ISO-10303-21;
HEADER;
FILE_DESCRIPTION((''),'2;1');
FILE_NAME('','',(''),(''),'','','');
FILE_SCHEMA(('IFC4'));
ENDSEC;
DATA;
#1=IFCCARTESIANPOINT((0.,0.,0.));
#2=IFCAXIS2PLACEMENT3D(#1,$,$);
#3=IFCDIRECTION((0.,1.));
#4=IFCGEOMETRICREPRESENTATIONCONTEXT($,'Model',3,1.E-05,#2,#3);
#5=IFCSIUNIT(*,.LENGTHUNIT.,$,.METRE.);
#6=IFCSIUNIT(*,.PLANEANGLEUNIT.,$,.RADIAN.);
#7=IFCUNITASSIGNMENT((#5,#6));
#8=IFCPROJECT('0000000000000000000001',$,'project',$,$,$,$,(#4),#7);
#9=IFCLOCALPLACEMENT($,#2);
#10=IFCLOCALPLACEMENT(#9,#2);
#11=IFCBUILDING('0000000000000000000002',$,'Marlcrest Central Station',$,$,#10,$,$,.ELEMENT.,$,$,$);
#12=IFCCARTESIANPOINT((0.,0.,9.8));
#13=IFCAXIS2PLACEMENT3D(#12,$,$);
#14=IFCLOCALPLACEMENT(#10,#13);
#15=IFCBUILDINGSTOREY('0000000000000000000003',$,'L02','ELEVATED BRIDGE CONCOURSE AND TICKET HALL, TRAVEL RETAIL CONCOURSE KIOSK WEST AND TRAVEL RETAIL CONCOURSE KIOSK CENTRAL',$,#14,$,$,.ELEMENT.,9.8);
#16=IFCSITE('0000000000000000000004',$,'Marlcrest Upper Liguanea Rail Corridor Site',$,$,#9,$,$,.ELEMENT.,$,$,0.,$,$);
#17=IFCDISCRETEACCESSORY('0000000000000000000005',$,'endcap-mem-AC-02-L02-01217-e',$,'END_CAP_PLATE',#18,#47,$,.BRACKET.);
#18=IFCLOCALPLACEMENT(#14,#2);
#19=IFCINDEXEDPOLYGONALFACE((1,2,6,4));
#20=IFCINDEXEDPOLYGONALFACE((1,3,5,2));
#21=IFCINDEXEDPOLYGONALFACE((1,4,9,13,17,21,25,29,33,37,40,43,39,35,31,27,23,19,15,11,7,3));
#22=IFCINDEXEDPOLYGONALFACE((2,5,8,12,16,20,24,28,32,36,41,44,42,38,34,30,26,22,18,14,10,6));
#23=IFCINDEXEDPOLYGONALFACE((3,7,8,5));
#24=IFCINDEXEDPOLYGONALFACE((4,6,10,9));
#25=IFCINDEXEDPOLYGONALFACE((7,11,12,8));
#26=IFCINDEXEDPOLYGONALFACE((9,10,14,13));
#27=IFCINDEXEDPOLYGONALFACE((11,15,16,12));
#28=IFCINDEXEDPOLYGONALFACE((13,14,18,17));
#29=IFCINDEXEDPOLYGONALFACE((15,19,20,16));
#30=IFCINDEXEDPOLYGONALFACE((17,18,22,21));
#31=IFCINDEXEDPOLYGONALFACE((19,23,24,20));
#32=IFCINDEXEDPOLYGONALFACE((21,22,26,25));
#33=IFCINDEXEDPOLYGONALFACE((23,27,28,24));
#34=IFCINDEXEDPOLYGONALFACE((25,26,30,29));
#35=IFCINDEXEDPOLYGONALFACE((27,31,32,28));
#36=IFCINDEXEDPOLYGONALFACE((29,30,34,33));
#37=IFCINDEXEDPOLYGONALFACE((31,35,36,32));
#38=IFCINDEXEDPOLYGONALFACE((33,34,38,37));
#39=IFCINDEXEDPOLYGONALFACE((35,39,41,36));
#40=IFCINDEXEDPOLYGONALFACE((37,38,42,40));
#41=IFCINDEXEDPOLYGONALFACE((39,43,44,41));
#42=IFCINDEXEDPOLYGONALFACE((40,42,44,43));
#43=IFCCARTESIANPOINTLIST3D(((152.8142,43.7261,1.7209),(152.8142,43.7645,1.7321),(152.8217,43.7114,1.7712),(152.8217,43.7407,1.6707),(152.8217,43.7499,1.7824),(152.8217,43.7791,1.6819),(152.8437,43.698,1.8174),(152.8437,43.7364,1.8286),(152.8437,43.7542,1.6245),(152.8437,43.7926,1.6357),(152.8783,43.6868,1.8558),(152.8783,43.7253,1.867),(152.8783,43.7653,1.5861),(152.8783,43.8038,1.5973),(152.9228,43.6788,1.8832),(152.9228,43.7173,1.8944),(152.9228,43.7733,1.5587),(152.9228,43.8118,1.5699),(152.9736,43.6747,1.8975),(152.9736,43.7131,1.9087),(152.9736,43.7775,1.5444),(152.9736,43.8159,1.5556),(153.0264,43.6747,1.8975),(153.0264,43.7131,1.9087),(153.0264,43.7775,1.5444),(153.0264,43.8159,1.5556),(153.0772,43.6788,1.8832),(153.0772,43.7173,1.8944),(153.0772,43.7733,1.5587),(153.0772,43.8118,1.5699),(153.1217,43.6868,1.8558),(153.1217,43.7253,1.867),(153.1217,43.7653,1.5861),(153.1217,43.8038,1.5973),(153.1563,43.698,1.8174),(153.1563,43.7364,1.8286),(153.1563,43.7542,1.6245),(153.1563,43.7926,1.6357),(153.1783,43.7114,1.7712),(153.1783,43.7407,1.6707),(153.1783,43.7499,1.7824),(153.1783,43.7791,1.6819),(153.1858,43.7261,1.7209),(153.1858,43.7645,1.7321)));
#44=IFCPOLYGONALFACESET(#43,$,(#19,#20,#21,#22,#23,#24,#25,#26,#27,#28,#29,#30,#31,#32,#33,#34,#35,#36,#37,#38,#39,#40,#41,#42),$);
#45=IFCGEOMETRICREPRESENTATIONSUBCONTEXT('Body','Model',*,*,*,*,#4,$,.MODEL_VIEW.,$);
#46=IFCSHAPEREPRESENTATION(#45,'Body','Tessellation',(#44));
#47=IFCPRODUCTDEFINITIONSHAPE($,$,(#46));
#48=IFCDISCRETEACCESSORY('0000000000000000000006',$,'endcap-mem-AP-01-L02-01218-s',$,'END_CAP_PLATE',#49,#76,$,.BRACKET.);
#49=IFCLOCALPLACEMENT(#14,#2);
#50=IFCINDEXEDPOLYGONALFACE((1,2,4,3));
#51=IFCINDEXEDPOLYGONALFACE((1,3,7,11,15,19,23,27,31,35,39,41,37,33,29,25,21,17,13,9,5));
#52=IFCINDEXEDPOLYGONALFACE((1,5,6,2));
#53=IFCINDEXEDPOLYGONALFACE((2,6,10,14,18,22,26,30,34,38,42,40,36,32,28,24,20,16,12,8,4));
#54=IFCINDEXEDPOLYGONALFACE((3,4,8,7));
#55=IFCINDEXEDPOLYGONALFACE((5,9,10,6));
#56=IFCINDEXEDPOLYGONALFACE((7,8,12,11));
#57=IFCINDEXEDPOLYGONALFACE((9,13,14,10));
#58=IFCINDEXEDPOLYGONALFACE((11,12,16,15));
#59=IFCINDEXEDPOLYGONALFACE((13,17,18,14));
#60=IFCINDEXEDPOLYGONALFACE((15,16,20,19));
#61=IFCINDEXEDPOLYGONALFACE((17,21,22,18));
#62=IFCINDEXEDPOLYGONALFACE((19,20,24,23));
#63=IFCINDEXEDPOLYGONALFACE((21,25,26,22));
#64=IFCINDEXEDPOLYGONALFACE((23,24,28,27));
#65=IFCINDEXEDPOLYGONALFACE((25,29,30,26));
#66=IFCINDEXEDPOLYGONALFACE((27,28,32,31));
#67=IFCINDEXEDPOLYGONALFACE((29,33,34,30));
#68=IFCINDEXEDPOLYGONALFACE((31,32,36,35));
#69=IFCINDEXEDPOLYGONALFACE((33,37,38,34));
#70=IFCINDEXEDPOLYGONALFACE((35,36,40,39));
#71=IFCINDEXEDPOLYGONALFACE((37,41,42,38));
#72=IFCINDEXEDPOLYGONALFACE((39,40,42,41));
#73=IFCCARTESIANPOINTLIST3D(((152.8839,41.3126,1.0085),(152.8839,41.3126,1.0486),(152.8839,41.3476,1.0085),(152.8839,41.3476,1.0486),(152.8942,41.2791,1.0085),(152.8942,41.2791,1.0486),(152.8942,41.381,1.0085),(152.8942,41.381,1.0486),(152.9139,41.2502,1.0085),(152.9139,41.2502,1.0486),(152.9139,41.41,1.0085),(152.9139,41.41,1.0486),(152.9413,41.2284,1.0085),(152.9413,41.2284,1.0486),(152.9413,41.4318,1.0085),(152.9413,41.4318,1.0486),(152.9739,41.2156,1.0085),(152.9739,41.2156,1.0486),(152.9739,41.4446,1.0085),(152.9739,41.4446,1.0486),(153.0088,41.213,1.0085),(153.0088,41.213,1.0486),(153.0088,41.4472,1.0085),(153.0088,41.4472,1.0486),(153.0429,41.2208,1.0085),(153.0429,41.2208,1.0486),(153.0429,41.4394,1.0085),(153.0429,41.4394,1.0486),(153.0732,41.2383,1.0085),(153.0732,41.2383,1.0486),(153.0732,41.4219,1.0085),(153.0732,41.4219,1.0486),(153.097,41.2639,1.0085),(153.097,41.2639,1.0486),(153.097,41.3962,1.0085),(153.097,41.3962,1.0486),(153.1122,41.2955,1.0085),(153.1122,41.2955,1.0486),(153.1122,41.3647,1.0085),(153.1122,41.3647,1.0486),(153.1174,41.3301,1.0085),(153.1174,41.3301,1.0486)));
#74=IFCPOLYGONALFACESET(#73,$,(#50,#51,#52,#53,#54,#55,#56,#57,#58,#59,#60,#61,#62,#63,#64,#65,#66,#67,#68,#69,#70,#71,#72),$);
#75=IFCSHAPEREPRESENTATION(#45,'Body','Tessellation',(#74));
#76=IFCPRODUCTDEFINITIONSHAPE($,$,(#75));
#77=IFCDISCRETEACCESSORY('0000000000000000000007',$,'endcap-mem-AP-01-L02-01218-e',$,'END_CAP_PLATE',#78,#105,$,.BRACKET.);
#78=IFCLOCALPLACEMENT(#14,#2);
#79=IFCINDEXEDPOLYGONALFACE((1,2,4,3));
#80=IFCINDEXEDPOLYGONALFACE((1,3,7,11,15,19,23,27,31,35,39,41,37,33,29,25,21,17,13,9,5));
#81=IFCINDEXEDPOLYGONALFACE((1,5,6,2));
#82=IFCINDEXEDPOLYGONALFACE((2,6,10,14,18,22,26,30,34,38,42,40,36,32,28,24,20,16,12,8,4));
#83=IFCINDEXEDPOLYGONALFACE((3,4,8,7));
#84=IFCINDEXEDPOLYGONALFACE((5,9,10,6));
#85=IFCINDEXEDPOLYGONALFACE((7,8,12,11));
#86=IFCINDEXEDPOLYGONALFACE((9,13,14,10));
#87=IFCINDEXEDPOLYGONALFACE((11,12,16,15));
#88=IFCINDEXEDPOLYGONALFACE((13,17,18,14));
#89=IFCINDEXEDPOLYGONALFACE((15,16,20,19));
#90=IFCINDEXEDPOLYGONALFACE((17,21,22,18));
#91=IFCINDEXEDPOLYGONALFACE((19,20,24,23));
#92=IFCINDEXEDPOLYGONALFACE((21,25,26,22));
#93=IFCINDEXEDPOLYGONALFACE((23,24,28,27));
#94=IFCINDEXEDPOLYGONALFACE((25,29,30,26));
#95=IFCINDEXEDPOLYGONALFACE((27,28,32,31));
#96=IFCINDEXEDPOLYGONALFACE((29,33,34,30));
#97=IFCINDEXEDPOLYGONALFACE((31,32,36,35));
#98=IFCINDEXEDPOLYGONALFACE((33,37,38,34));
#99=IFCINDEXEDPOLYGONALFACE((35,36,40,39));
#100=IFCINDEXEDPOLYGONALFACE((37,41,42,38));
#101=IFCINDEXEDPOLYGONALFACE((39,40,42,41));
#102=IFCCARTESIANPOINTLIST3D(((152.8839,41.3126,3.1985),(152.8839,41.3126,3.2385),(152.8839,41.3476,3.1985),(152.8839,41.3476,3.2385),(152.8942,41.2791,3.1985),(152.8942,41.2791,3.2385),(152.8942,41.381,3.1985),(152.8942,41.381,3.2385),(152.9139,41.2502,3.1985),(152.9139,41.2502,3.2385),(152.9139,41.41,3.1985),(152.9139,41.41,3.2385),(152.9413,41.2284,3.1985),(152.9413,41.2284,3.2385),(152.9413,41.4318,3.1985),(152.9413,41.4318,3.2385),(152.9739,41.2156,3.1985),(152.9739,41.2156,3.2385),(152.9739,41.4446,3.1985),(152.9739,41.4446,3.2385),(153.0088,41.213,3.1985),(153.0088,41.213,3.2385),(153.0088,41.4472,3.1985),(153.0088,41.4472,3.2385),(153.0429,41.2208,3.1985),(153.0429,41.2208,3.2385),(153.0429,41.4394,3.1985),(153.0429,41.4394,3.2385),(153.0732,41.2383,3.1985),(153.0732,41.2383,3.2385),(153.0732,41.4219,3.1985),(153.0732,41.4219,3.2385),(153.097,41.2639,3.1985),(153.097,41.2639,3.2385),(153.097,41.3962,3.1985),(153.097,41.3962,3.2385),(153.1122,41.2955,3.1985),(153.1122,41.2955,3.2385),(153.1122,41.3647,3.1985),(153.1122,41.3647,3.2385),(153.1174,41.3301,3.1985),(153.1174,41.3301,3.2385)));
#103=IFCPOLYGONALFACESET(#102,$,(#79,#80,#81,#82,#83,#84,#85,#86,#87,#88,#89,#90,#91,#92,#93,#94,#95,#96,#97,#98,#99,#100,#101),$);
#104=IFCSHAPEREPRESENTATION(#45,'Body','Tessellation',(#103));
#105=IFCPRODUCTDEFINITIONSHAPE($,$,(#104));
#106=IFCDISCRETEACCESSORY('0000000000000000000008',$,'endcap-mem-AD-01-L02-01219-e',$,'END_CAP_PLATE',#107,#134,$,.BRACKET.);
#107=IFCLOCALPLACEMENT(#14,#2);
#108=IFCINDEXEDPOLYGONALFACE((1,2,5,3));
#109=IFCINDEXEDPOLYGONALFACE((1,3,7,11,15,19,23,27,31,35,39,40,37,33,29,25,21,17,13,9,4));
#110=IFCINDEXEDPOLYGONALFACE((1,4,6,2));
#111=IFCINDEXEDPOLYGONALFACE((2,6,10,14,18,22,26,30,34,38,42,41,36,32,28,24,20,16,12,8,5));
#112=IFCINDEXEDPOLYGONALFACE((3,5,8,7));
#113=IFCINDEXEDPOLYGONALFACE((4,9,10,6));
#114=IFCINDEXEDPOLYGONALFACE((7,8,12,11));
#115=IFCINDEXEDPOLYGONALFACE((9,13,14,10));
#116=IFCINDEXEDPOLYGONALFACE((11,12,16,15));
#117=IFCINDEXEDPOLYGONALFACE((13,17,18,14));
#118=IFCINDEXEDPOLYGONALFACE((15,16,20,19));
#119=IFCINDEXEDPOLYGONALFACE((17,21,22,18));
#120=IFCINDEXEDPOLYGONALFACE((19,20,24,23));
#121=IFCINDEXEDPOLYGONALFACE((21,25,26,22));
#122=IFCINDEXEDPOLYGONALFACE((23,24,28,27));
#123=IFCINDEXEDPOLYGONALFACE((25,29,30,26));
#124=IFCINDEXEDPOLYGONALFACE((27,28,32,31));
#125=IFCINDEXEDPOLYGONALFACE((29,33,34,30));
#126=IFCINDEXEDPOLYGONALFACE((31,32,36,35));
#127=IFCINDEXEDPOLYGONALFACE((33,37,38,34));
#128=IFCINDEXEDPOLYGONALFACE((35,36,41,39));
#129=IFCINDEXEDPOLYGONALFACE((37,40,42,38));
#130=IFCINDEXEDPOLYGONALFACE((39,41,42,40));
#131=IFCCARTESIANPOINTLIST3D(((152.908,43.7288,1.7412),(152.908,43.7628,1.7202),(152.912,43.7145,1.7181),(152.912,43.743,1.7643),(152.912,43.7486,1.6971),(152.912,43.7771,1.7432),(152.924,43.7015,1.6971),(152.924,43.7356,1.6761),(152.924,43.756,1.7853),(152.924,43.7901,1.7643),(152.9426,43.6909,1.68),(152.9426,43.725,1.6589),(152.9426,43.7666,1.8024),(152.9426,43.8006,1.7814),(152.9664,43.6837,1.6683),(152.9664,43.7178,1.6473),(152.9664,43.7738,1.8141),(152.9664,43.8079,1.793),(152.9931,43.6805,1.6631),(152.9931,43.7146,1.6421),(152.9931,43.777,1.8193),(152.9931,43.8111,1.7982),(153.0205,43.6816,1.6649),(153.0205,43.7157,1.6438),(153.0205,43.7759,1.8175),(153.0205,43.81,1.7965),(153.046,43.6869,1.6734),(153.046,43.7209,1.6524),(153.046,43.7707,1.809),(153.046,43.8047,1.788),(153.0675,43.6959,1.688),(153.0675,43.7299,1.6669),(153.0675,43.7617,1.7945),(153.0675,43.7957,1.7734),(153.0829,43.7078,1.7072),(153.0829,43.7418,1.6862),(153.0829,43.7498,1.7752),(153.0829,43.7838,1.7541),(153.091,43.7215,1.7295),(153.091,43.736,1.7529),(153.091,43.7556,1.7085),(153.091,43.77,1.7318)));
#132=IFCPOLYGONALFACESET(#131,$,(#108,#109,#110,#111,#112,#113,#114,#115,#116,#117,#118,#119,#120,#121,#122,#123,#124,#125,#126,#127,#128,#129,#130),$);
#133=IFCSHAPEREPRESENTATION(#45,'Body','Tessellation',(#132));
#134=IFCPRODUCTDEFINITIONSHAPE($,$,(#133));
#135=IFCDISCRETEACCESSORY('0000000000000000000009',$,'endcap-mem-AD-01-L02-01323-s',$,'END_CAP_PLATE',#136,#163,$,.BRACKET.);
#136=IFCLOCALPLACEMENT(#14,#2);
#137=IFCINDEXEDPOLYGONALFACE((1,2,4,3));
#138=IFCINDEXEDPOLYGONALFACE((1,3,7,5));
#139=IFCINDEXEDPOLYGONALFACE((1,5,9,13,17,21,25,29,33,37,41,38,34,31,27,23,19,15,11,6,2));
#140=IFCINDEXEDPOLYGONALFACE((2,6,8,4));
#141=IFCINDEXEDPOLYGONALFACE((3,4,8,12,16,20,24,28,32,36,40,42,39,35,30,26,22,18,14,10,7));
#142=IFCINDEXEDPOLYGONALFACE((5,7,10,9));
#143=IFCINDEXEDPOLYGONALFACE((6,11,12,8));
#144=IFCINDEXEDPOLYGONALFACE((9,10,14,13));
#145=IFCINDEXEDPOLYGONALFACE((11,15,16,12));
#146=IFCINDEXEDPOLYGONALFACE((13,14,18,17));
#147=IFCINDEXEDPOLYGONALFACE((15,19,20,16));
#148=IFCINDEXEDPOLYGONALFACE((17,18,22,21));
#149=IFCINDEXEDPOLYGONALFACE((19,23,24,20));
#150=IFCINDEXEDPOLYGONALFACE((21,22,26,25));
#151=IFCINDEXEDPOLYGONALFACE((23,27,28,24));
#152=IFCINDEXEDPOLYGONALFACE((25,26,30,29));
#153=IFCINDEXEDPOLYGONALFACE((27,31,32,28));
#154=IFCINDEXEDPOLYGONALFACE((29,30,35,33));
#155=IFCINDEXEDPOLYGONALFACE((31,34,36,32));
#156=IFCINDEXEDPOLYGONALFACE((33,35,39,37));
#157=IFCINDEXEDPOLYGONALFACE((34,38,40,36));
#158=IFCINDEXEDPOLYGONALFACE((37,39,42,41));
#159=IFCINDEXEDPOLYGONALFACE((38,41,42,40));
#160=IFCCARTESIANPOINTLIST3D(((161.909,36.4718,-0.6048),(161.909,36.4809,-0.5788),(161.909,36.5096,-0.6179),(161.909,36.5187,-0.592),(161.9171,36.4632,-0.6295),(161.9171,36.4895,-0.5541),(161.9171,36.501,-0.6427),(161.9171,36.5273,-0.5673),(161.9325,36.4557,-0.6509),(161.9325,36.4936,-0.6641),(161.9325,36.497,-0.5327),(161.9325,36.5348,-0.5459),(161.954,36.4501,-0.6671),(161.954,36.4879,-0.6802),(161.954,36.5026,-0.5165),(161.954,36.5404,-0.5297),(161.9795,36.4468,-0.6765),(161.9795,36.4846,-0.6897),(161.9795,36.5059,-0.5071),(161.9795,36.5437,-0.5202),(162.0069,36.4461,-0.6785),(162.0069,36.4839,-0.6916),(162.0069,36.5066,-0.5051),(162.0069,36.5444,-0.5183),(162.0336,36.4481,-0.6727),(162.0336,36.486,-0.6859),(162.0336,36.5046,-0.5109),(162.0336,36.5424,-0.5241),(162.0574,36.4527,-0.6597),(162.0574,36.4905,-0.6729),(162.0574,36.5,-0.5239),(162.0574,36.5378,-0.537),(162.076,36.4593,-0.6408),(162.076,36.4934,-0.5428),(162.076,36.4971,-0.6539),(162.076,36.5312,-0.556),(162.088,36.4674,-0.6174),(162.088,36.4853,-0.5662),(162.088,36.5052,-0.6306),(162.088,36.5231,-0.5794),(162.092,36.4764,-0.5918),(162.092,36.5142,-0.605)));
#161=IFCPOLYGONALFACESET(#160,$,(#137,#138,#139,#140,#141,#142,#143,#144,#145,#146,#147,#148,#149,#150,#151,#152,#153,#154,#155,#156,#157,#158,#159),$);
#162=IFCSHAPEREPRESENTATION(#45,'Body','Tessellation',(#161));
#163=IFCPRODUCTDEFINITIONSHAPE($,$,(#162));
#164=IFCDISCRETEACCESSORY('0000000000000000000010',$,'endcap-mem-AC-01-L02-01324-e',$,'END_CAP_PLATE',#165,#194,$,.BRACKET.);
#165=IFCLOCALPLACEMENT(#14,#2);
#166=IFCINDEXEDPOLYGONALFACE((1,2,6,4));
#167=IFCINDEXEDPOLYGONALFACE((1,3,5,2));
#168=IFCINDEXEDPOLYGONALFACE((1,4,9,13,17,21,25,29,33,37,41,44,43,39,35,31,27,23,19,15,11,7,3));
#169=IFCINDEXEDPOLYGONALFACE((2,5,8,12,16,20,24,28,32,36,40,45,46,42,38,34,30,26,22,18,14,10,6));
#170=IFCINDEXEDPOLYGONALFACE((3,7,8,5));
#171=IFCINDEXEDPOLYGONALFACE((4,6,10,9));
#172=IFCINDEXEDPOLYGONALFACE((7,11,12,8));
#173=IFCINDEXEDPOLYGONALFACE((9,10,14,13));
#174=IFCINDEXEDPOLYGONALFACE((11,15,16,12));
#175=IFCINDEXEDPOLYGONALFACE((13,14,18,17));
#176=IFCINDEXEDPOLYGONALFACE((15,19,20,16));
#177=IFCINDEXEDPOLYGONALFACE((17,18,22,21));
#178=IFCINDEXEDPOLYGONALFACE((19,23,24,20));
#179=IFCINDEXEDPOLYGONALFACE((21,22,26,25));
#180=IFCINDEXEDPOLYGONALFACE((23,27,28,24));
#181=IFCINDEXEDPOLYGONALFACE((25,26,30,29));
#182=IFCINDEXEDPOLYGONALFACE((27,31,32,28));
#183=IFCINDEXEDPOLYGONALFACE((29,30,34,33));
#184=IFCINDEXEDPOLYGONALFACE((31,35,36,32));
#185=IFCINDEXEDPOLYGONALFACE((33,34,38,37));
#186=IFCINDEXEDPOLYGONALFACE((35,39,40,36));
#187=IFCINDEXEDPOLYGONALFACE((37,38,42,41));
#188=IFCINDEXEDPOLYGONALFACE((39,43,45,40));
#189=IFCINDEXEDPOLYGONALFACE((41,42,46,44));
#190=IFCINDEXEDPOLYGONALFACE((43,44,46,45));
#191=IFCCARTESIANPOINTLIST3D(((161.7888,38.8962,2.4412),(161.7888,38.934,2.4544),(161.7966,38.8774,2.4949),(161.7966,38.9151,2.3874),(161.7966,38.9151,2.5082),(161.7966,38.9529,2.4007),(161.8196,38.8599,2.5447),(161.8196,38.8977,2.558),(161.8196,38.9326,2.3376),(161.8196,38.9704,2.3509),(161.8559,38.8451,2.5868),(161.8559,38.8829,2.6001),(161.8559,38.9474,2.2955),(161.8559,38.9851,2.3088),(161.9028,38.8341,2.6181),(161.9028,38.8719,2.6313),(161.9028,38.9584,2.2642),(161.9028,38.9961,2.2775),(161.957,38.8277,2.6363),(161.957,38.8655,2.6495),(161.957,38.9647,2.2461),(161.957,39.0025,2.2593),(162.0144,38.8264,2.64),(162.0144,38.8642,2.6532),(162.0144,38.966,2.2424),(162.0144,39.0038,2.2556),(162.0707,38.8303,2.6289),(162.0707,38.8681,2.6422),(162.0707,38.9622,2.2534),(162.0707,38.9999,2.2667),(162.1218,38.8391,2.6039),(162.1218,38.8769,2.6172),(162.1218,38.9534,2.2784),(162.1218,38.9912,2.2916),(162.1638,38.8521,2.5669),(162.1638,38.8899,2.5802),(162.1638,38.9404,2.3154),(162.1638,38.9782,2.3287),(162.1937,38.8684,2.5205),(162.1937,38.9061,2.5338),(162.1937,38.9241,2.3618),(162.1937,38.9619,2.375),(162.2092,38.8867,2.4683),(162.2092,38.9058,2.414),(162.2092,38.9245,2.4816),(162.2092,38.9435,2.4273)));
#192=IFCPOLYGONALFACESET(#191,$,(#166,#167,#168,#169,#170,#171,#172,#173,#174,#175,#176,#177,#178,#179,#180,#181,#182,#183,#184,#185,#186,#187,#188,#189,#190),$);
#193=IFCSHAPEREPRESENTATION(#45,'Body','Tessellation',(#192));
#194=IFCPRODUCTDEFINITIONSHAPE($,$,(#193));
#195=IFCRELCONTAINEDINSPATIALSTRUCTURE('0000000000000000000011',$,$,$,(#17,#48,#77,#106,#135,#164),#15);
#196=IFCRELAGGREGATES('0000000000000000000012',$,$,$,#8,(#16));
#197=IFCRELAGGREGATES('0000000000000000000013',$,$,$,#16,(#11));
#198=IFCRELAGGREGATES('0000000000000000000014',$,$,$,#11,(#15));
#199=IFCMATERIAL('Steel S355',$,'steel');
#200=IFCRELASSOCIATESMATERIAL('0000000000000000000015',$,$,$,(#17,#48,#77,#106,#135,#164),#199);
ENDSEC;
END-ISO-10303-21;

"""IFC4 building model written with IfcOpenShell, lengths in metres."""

from ifc_helpers import new_model, si_unit, direction, frame, origin, origin_2d, place, context, subcontext, project, spatial, circle, extrude, material, element, save


model = new_model("IFC4")

# Units and contexts
model_context = context("Model", 3, precision=1e-05, world=origin(), true_north=direction((0.0, 1.0)))
body_context = subcontext(model_context, "Body", "Model", "MODEL_VIEW")
ifc_project = project(units=[si_unit("LENGTHUNIT", "METRE"), si_unit("PLANEANGLEUNIT", "RADIAN")], contexts=[model_context])

# Site, building, storey
site_placement = place(None, origin())
site = spatial("IfcSite", under=ifc_project, at=site_placement, Name="Marlcrest Upper Liguanea Rail Corridor Site", CompositionType="ELEMENT", RefElevation=0.0)
building_placement = place(site_placement, origin())
building = spatial("IfcBuilding", under=site, at=building_placement, Name="Marlcrest Central Station", CompositionType="ELEMENT")
storey_placement = place(building_placement, frame((0.0, 0.0, 9.8)))
storey = spatial("IfcBuildingStorey", under=building, at=storey_placement, Name="L02", Description="ELEVATED BRIDGE CONCOURSE AND TICKET HALL, TRAVEL RETAIL CONCOURSE KIOSK WEST AND TRAVEL RETAIL CONCOURSE KIOSK CENTRAL", CompositionType="ELEMENT", Elevation=9.8)

# Shared definitions
ifc_material_1 = material(Name="Steel S355", Category="steel")

# Discrete accessories
discrete_accessory_1_placement = place(storey_placement, frame((153.0, 43.7261, 1.7209), z_axis=(0.0, 0.96013, 0.279554), x_axis=(-1.0, 0.0, 0.0)))
element("IfcDiscreteAccessory", 1, at=discrete_accessory_1_placement, inside=storey, material=ifc_material_1, Name="endcap-mem-AC-02-L02-01217-e", ObjectType="END_CAP_PLATE", PredefinedType="BRACKET", context=body_context, shape_type="SweptSolid", body=[
    extrude(circle(Radius=0.1858, at=origin_2d()), origin(), (0.0, 0.0, 1.0), 0.04),
])
for number, where, z_axis, x_axis, name in (
    (2, (153.0, 41.3301, 1.0085), (0.0, 0.0, 1.0), (1.0, 0.0, 0.0), "endcap-mem-AP-01-L02-01218-s"),
    (3, (153.0, 41.3301, 3.1985), (0.0, 0.0, 1.0), (1.0, 0.0, 0.0), "endcap-mem-AP-01-L02-01218-e"),
):
    element("IfcDiscreteAccessory", number, at=place(storey_placement, frame(where, z_axis=z_axis, x_axis=x_axis)), inside=storey, material=ifc_material_1, Name=name, ObjectType="END_CAP_PLATE", PredefinedType="BRACKET", context=body_context, shape_type="SweptSolid", body=[
        extrude(circle(Radius=0.1174, at=origin_2d()), origin(), (0.0, 0.0, 1.0), 0.04),
    ])
for number, where, z_axis, x_axis, name in (
    (4, (153.0, 43.7288, 1.7412), (0.0, 0.850687, -0.525672), (-1.0, 0.0, 0.0), "endcap-mem-AD-01-L02-01219-e"),
    (5, (162.0, 36.5142, -0.605), (0.0, -0.94426, 0.3292), (1.0, 0.0, 0.0), "endcap-mem-AD-01-L02-01323-s"),
):
    element("IfcDiscreteAccessory", number, at=place(storey_placement, frame(where, z_axis=z_axis, x_axis=x_axis)), inside=storey, material=ifc_material_1, Name=name, ObjectType="END_CAP_PLATE", PredefinedType="BRACKET", context=body_context, shape_type="SweptSolid", body=[
        extrude(circle(Radius=0.092, at=origin_2d()), origin(), (0.0, 0.0, 1.0), 0.04),
    ])
discrete_accessory_2_placement = place(storey_placement, frame((162.0, 38.8962, 2.4412), z_axis=(0.0, 0.943537, 0.331266), x_axis=(-1.0, 0.0, 0.0)))
element("IfcDiscreteAccessory", 6, at=discrete_accessory_2_placement, inside=storey, material=ifc_material_1, Name="endcap-mem-AC-01-L02-01324-e", ObjectType="END_CAP_PLATE", PredefinedType="BRACKET", context=body_context, shape_type="SweptSolid", body=[
    extrude(circle(Radius=0.2112, at=origin_2d()), origin(), (0.0, 0.0, 1.0), 0.04),
])

save(model, "model.ifc")
